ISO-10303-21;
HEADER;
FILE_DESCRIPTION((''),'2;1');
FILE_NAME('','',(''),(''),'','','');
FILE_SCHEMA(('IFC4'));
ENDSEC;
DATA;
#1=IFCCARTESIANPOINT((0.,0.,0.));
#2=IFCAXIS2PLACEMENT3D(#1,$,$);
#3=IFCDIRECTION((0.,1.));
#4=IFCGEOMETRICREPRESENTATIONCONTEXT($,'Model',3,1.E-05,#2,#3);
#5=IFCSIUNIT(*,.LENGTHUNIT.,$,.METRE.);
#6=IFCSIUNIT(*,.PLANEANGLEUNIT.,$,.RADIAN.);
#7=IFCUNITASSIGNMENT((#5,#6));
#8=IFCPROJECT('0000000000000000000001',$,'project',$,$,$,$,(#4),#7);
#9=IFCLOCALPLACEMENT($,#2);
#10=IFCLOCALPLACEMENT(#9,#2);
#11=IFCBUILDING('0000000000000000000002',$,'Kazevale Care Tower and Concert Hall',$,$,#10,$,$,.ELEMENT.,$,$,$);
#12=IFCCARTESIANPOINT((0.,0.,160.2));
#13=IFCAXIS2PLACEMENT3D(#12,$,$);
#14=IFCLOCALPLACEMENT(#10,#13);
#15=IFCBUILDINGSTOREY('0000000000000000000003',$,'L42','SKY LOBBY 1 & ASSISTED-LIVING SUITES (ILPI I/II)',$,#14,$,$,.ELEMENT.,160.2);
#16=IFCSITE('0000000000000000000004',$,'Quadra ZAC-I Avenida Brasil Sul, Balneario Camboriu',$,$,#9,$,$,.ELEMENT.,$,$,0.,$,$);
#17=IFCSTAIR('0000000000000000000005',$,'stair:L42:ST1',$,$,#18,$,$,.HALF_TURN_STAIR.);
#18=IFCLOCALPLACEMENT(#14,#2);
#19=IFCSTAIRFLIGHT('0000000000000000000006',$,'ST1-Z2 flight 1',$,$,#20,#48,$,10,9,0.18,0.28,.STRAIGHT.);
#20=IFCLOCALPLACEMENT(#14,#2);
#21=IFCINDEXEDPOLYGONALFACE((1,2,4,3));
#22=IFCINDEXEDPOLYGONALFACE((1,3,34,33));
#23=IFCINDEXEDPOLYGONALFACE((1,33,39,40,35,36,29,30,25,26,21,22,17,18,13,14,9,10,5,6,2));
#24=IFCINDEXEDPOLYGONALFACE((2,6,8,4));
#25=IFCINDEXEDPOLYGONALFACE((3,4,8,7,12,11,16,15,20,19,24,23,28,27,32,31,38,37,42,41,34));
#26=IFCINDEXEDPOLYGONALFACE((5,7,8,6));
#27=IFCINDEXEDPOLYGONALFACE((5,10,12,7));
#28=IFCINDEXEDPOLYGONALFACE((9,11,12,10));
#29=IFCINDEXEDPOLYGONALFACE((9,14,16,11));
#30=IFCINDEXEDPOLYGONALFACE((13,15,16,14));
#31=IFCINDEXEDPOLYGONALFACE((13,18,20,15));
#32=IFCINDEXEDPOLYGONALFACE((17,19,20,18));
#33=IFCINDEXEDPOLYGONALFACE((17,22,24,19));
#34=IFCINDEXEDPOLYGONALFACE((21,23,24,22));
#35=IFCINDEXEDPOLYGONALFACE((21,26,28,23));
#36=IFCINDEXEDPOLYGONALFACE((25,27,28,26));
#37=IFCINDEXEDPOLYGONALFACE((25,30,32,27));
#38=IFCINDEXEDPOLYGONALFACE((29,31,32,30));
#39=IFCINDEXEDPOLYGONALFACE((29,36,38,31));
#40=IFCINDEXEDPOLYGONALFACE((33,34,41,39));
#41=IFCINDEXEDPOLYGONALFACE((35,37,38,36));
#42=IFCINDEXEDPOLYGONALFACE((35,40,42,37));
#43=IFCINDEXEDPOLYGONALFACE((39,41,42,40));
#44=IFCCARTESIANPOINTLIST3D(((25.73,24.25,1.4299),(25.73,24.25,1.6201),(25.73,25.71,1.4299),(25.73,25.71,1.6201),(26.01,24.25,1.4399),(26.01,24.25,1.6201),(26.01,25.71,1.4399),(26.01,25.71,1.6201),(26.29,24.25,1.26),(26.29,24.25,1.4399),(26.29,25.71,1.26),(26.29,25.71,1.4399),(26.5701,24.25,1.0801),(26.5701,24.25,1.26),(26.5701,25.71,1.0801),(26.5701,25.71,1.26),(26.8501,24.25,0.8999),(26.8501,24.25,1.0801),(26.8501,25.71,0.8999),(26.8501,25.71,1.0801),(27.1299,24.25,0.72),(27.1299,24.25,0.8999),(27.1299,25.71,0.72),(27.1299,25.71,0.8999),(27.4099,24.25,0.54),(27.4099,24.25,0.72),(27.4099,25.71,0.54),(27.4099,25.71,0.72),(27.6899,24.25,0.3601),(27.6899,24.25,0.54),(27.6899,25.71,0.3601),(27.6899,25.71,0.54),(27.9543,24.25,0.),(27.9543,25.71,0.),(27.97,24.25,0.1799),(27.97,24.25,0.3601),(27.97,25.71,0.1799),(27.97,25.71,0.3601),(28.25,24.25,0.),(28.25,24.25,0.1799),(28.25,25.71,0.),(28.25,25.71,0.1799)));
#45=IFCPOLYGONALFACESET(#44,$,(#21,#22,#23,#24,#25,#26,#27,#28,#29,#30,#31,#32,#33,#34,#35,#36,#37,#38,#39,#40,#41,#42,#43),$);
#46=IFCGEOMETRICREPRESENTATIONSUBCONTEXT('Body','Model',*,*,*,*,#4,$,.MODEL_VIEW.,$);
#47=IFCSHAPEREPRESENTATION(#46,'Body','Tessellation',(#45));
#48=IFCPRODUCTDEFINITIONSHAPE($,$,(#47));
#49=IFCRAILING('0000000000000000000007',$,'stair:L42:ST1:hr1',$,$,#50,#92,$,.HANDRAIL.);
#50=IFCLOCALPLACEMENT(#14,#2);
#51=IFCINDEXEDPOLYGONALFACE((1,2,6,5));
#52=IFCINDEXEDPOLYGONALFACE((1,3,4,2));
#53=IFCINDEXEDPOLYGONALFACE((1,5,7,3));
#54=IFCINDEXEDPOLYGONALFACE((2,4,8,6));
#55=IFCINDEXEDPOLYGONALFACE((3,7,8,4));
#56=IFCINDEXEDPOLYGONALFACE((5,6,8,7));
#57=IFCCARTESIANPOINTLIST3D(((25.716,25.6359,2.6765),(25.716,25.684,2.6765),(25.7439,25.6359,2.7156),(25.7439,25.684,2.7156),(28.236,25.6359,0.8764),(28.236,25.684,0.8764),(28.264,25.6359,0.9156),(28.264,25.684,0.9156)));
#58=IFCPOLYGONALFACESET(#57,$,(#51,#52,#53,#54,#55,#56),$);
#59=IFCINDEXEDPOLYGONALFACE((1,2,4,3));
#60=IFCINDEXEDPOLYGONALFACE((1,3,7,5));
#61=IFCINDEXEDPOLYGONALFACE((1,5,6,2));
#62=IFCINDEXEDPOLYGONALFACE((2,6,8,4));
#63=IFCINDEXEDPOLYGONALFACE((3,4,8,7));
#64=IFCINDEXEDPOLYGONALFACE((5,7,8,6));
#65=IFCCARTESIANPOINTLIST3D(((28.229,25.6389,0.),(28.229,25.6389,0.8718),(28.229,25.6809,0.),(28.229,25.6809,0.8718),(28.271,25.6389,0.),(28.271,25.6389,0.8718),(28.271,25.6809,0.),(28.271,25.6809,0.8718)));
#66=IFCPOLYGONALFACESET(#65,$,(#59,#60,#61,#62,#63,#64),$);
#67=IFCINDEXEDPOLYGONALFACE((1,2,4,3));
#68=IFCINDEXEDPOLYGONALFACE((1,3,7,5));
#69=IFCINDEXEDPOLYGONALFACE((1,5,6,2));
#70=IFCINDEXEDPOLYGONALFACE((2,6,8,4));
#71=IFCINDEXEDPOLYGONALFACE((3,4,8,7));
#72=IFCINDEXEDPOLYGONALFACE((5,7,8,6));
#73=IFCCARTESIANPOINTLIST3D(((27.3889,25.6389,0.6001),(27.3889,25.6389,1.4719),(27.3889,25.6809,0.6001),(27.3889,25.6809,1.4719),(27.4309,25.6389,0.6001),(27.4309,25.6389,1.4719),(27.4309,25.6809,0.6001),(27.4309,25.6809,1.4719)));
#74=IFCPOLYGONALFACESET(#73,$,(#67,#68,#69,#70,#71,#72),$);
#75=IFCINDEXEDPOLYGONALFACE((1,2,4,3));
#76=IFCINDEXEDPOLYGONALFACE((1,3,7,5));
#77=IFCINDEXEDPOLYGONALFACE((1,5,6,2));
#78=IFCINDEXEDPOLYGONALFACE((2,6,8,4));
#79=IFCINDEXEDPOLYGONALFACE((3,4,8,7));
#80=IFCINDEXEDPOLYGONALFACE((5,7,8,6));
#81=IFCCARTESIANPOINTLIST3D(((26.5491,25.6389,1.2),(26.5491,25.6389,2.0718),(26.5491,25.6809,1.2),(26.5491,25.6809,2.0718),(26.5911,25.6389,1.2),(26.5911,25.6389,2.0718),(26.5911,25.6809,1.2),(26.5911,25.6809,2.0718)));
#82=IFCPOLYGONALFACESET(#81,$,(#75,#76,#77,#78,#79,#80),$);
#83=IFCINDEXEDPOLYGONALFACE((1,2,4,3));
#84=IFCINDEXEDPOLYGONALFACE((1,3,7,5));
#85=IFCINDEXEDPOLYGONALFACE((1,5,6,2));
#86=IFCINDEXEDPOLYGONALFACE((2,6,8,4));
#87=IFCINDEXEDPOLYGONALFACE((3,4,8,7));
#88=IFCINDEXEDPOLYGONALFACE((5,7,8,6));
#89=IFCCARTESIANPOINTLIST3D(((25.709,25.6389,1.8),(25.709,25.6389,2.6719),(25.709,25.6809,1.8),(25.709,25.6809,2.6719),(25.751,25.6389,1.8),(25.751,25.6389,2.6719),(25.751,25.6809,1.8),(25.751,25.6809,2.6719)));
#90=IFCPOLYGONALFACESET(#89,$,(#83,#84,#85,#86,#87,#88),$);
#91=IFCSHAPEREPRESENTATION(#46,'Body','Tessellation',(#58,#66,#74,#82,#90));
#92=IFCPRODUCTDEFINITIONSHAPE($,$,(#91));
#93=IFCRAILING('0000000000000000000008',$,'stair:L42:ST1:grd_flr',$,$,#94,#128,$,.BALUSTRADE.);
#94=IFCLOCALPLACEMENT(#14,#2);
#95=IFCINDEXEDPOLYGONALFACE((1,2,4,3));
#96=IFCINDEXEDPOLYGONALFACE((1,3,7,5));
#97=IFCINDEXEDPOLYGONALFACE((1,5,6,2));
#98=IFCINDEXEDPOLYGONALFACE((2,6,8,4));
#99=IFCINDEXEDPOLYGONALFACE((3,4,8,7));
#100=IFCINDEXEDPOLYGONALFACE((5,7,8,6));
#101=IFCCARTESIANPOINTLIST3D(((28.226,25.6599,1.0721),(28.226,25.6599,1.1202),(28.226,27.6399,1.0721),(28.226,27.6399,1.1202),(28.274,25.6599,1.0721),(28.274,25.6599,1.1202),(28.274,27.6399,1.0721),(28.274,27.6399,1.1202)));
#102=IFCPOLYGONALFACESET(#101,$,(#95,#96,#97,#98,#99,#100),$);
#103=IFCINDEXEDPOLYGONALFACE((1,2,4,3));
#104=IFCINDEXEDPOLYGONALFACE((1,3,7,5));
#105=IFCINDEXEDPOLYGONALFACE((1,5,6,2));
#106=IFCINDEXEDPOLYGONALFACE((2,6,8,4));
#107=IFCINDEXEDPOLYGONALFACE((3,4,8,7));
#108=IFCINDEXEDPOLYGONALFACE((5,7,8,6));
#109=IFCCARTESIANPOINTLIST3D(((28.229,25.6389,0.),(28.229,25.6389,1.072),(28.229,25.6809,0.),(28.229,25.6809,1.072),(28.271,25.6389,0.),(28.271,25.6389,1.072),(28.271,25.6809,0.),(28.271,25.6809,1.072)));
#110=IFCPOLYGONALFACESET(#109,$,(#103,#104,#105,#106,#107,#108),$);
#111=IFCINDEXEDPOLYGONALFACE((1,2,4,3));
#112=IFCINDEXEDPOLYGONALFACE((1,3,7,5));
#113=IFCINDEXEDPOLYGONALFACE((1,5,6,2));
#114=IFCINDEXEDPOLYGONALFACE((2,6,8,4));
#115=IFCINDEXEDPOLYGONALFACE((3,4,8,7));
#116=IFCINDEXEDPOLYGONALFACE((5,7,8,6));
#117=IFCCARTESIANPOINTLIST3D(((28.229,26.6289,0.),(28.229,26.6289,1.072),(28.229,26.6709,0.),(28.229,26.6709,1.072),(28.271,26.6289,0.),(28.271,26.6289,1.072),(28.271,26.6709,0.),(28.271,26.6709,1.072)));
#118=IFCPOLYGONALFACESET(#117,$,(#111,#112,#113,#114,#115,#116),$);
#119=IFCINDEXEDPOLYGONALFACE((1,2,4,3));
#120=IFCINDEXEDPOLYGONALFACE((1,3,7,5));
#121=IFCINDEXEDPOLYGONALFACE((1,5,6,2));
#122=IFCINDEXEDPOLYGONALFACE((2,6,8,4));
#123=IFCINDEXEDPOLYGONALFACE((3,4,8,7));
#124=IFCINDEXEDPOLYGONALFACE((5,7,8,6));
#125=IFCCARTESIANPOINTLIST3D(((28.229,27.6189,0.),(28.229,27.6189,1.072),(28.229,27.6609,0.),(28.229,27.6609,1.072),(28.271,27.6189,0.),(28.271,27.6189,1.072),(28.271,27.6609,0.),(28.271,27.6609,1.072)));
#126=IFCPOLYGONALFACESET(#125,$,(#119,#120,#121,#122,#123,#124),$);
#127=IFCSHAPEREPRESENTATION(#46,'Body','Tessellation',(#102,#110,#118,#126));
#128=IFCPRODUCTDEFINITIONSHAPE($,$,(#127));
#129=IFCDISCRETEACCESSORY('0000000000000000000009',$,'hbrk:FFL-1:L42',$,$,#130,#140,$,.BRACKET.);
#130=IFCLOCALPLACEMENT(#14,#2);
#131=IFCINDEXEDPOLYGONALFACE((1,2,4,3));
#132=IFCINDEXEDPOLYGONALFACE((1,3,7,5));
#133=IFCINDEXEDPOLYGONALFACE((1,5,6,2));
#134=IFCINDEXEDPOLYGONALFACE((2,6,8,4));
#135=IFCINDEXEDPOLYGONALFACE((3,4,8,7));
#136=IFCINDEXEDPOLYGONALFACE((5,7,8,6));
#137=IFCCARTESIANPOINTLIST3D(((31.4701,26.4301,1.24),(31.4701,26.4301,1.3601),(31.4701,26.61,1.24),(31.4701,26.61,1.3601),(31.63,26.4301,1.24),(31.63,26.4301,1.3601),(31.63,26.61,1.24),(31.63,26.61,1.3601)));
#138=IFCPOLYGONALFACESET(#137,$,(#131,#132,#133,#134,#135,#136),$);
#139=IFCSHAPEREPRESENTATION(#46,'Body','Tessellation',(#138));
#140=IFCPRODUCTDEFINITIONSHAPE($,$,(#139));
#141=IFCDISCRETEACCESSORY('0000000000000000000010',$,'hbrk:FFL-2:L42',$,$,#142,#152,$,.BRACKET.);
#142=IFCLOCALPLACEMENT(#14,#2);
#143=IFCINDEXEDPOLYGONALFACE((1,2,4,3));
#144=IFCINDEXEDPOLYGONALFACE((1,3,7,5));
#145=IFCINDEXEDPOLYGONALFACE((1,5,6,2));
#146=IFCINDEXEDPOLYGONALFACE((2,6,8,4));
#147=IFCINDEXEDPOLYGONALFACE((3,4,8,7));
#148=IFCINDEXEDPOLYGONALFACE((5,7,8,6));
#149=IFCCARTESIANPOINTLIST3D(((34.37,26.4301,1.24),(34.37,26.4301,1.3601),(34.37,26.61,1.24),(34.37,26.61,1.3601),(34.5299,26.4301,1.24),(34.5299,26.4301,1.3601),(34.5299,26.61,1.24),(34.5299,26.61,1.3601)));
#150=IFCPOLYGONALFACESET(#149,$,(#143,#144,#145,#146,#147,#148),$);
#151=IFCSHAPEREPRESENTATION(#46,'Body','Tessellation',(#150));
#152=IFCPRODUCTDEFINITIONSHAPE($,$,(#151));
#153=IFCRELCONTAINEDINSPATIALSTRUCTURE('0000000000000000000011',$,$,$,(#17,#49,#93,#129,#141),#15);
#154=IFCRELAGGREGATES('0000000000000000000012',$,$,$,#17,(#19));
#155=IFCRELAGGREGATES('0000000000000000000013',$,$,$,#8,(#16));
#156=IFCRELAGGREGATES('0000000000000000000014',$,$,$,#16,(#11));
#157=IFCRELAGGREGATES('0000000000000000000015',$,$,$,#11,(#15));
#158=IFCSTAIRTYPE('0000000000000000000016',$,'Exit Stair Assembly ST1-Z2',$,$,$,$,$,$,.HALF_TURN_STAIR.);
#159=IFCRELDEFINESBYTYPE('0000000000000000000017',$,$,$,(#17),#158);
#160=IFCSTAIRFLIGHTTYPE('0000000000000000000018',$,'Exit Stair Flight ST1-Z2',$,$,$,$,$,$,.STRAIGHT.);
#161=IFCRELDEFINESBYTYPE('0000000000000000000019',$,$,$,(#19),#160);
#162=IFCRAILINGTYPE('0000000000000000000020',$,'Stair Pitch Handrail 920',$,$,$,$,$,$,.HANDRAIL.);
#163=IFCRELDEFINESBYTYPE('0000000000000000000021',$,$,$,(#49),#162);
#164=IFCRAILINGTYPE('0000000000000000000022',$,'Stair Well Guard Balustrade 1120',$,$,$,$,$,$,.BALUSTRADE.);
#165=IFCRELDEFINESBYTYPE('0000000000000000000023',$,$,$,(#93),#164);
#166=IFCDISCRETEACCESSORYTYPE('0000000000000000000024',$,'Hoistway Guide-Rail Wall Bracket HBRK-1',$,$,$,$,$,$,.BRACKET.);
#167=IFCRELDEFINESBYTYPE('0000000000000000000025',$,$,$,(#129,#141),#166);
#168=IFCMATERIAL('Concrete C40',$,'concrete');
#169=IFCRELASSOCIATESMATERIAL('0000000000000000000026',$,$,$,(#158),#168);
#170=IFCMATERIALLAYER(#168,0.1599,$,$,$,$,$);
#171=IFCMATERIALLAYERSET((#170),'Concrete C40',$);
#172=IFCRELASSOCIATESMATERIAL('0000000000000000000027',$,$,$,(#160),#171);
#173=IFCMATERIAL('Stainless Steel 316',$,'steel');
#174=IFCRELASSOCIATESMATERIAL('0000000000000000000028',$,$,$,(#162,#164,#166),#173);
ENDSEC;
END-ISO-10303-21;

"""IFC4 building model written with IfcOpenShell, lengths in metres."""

from ifc_helpers import new_model, si_unit, direction, frame, origin, origin_2d, place, context, subcontext, project, spatial, polyline, rectangle, outline, extrude, material, layer, layer_set, type_object, element, aggregate, save


model = new_model("IFC4")

# Units and contexts
model_context = context("Model", 3, precision=1e-05, world=origin(), true_north=direction((0.0, 1.0)))
body_context = subcontext(model_context, "Body", "Model", "MODEL_VIEW")
ifc_project = project(units=[si_unit("LENGTHUNIT", "METRE"), si_unit("PLANEANGLEUNIT", "RADIAN")], contexts=[model_context])

# Site, building, storey
site_placement = place(None, origin())
site = spatial("IfcSite", under=ifc_project, at=site_placement, Name="Quadra ZAC-I Avenida Brasil Sul, Balneario Camboriu", CompositionType="ELEMENT", RefElevation=0.0)
building_placement = place(site_placement, origin())
building = spatial("IfcBuilding", under=site, at=building_placement, Name="Kazevale Care Tower and Concert Hall", CompositionType="ELEMENT")
storey_placement = place(building_placement, frame((0.0, 0.0, 160.2)))
storey = spatial("IfcBuildingStorey", under=building, at=storey_placement, Name="L42", Description="SKY LOBBY 1 & ASSISTED-LIVING SUITES (ILPI I/II)", CompositionType="ELEMENT", Elevation=160.2)

# Shared definitions
ifc_material_1 = material(Name="Concrete C40", Category="concrete")
ifc_material_2 = material(Name="Stainless Steel 316", Category="steel")

# Stair, stair flight
stair_type = type_object("IfcStairType", Name="Exit Stair Assembly ST1-Z2", PredefinedType="HALF_TURN_STAIR", material=ifc_material_1)
stair_placement = place(storey_placement, origin())
stair = element("IfcStair", 1, at=stair_placement, inside=storey, type_object=stair_type, Name="stair:L42:ST1", PredefinedType="HALF_TURN_STAIR")
ifc_layer_1 = layer(ifc_material_1, 0.1599)
ifc_layer_set_1 = layer_set([ifc_layer_1], Name="Concrete C40")
stair_flight_type = type_object("IfcStairFlightType", Name="Exit Stair Flight ST1-Z2", PredefinedType="STRAIGHT", material=ifc_layer_set_1)
stair_flight_placement = place(storey_placement, frame((28.25, 24.98, 0.0), z_axis=(0.0, 0.0, 1.0), x_axis=(-1.0, 0.0, 0.0)))
stair_flight = element("IfcStairFlight", 2, at=stair_flight_placement, type_object=stair_flight_type, Name="ST1-Z2 flight 1", NumberOfRisers=10, NumberOfTreads=9, PredefinedType="STRAIGHT", RiserHeight=0.18, TreadLength=0.28, context=body_context, shape_type="SweptSolid", body=[
    extrude(outline(polyline([(0.0, 0.0), (0.0, 0.1799), (0.28, 0.1799), (0.28, 0.3601), (0.5601, 0.3601), (0.5601, 0.54), (0.8401, 0.54), (0.8401, 0.72), (1.1201, 0.72), (1.1201, 0.8999), (1.3999, 0.8999), (1.3999, 1.0801), (1.6799, 1.0801), (1.6799, 1.26), (1.96, 1.26), (1.96, 1.4399), (2.24, 1.4399), (2.24, 1.6201), (2.52, 1.6201), (2.52, 1.8), (2.52, 1.4299), (0.2957, 0.0), (0.0, 0.0)])), frame((0.0, 0.73, 0.0), z_axis=(0.0, -1.0, 0.0), x_axis=(1.0, 0.0, 0.0)), (0.0, 0.0, 1.0), 1.46),
])
aggregate(stair, [stair_flight])

# Railings
railing_type_1 = type_object("IfcRailingType", Name="Stair Pitch Handrail 920", PredefinedType="HANDRAIL", material=ifc_material_2)
railing_1_placement = place(storey_placement, frame((28.25, 25.6599, 0.0)))
element("IfcRailing", 3, at=railing_1_placement, inside=storey, type_object=railing_type_1, Name="stair:L42:ST1:hr1", PredefinedType="HANDRAIL", context=body_context, shape_type="SweptSolid", body=[
    extrude(rectangle(XDim=0.0481, YDim=0.0481, at=origin_2d()), frame((0.0, 0.0, 0.896), z_axis=(-0.813728, 0.0, 0.581246), x_axis=(0.0, -1.0, 0.0)), (0.0, 0.0, 1.0), 3.0969),
    extrude(rectangle(XDim=0.042, YDim=0.042, at=origin_2d()), origin(), (0.0, 0.0, 1.0), 0.8718),
    extrude(rectangle(XDim=0.042, YDim=0.042, at=origin_2d()), frame((-0.8401, 0.0, 0.6001)), (0.0, 0.0, 1.0), 0.8718),
    extrude(rectangle(XDim=0.042, YDim=0.042, at=origin_2d()), frame((-1.6799, 0.0, 1.2)), (0.0, 0.0, 1.0), 0.8718),
    extrude(rectangle(XDim=0.042, YDim=0.042, at=origin_2d()), frame((-2.52, 0.0, 1.8)), (0.0, 0.0, 1.0), 0.8718),
])
railing_type_2 = type_object("IfcRailingType", Name="Stair Well Guard Balustrade 1120", PredefinedType="BALUSTRADE", material=ifc_material_2)
railing_2_placement = place(storey_placement, frame((28.25, 25.6599, 0.0)))
element("IfcRailing", 4, at=railing_2_placement, inside=storey, type_object=railing_type_2, Name="stair:L42:ST1:grd_flr", PredefinedType="BALUSTRADE", context=body_context, shape_type="SweptSolid", body=[
    extrude(rectangle(XDim=0.0481, YDim=0.0481, at=origin_2d()), frame((0.0, 0.0, 1.0962), z_axis=(0.0, 1.0, 0.0), x_axis=(-1.0, 0.0, 0.0)), (0.0, 0.0, 1.0), 1.98),
    extrude(rectangle(XDim=0.042, YDim=0.042, at=origin_2d()), origin(), (0.0, 0.0, 1.0), 1.072),
    extrude(rectangle(XDim=0.042, YDim=0.042, at=origin_2d()), frame((0.0, 0.99, 0.0)), (0.0, 0.0, 1.0), 1.072),
    extrude(rectangle(XDim=0.042, YDim=0.042, at=origin_2d()), frame((0.0, 1.98, 0.0)), (0.0, 0.0, 1.0), 1.072),
])

# Discrete accessories
discrete_accessory_type = type_object("IfcDiscreteAccessoryType", Name="Hoistway Guide-Rail Wall Bracket HBRK-1", PredefinedType="BRACKET", material=ifc_material_2)
for number, where, z_axis, x_axis, name in (
    (5, (31.55, 26.52, 1.24), (0.0, 0.0, 1.0), (1.0, 0.0, 0.0), "hbrk:FFL-1:L42"),
    (6, (34.45, 26.52, 1.24), (0.0, 0.0, 1.0), (1.0, 0.0, 0.0), "hbrk:FFL-2:L42"),
):
    element("IfcDiscreteAccessory", number, at=place(storey_placement, frame(where, z_axis=z_axis, x_axis=x_axis)), inside=storey, type_object=discrete_accessory_type, Name=name, PredefinedType="BRACKET", context=body_context, shape_type="SweptSolid", body=[
        extrude(rectangle(XDim=0.1599, YDim=0.1799, at=origin_2d()), origin(), (0.0, 0.0, 1.0), 0.1201),
    ])

save(model, "model.ifc")
